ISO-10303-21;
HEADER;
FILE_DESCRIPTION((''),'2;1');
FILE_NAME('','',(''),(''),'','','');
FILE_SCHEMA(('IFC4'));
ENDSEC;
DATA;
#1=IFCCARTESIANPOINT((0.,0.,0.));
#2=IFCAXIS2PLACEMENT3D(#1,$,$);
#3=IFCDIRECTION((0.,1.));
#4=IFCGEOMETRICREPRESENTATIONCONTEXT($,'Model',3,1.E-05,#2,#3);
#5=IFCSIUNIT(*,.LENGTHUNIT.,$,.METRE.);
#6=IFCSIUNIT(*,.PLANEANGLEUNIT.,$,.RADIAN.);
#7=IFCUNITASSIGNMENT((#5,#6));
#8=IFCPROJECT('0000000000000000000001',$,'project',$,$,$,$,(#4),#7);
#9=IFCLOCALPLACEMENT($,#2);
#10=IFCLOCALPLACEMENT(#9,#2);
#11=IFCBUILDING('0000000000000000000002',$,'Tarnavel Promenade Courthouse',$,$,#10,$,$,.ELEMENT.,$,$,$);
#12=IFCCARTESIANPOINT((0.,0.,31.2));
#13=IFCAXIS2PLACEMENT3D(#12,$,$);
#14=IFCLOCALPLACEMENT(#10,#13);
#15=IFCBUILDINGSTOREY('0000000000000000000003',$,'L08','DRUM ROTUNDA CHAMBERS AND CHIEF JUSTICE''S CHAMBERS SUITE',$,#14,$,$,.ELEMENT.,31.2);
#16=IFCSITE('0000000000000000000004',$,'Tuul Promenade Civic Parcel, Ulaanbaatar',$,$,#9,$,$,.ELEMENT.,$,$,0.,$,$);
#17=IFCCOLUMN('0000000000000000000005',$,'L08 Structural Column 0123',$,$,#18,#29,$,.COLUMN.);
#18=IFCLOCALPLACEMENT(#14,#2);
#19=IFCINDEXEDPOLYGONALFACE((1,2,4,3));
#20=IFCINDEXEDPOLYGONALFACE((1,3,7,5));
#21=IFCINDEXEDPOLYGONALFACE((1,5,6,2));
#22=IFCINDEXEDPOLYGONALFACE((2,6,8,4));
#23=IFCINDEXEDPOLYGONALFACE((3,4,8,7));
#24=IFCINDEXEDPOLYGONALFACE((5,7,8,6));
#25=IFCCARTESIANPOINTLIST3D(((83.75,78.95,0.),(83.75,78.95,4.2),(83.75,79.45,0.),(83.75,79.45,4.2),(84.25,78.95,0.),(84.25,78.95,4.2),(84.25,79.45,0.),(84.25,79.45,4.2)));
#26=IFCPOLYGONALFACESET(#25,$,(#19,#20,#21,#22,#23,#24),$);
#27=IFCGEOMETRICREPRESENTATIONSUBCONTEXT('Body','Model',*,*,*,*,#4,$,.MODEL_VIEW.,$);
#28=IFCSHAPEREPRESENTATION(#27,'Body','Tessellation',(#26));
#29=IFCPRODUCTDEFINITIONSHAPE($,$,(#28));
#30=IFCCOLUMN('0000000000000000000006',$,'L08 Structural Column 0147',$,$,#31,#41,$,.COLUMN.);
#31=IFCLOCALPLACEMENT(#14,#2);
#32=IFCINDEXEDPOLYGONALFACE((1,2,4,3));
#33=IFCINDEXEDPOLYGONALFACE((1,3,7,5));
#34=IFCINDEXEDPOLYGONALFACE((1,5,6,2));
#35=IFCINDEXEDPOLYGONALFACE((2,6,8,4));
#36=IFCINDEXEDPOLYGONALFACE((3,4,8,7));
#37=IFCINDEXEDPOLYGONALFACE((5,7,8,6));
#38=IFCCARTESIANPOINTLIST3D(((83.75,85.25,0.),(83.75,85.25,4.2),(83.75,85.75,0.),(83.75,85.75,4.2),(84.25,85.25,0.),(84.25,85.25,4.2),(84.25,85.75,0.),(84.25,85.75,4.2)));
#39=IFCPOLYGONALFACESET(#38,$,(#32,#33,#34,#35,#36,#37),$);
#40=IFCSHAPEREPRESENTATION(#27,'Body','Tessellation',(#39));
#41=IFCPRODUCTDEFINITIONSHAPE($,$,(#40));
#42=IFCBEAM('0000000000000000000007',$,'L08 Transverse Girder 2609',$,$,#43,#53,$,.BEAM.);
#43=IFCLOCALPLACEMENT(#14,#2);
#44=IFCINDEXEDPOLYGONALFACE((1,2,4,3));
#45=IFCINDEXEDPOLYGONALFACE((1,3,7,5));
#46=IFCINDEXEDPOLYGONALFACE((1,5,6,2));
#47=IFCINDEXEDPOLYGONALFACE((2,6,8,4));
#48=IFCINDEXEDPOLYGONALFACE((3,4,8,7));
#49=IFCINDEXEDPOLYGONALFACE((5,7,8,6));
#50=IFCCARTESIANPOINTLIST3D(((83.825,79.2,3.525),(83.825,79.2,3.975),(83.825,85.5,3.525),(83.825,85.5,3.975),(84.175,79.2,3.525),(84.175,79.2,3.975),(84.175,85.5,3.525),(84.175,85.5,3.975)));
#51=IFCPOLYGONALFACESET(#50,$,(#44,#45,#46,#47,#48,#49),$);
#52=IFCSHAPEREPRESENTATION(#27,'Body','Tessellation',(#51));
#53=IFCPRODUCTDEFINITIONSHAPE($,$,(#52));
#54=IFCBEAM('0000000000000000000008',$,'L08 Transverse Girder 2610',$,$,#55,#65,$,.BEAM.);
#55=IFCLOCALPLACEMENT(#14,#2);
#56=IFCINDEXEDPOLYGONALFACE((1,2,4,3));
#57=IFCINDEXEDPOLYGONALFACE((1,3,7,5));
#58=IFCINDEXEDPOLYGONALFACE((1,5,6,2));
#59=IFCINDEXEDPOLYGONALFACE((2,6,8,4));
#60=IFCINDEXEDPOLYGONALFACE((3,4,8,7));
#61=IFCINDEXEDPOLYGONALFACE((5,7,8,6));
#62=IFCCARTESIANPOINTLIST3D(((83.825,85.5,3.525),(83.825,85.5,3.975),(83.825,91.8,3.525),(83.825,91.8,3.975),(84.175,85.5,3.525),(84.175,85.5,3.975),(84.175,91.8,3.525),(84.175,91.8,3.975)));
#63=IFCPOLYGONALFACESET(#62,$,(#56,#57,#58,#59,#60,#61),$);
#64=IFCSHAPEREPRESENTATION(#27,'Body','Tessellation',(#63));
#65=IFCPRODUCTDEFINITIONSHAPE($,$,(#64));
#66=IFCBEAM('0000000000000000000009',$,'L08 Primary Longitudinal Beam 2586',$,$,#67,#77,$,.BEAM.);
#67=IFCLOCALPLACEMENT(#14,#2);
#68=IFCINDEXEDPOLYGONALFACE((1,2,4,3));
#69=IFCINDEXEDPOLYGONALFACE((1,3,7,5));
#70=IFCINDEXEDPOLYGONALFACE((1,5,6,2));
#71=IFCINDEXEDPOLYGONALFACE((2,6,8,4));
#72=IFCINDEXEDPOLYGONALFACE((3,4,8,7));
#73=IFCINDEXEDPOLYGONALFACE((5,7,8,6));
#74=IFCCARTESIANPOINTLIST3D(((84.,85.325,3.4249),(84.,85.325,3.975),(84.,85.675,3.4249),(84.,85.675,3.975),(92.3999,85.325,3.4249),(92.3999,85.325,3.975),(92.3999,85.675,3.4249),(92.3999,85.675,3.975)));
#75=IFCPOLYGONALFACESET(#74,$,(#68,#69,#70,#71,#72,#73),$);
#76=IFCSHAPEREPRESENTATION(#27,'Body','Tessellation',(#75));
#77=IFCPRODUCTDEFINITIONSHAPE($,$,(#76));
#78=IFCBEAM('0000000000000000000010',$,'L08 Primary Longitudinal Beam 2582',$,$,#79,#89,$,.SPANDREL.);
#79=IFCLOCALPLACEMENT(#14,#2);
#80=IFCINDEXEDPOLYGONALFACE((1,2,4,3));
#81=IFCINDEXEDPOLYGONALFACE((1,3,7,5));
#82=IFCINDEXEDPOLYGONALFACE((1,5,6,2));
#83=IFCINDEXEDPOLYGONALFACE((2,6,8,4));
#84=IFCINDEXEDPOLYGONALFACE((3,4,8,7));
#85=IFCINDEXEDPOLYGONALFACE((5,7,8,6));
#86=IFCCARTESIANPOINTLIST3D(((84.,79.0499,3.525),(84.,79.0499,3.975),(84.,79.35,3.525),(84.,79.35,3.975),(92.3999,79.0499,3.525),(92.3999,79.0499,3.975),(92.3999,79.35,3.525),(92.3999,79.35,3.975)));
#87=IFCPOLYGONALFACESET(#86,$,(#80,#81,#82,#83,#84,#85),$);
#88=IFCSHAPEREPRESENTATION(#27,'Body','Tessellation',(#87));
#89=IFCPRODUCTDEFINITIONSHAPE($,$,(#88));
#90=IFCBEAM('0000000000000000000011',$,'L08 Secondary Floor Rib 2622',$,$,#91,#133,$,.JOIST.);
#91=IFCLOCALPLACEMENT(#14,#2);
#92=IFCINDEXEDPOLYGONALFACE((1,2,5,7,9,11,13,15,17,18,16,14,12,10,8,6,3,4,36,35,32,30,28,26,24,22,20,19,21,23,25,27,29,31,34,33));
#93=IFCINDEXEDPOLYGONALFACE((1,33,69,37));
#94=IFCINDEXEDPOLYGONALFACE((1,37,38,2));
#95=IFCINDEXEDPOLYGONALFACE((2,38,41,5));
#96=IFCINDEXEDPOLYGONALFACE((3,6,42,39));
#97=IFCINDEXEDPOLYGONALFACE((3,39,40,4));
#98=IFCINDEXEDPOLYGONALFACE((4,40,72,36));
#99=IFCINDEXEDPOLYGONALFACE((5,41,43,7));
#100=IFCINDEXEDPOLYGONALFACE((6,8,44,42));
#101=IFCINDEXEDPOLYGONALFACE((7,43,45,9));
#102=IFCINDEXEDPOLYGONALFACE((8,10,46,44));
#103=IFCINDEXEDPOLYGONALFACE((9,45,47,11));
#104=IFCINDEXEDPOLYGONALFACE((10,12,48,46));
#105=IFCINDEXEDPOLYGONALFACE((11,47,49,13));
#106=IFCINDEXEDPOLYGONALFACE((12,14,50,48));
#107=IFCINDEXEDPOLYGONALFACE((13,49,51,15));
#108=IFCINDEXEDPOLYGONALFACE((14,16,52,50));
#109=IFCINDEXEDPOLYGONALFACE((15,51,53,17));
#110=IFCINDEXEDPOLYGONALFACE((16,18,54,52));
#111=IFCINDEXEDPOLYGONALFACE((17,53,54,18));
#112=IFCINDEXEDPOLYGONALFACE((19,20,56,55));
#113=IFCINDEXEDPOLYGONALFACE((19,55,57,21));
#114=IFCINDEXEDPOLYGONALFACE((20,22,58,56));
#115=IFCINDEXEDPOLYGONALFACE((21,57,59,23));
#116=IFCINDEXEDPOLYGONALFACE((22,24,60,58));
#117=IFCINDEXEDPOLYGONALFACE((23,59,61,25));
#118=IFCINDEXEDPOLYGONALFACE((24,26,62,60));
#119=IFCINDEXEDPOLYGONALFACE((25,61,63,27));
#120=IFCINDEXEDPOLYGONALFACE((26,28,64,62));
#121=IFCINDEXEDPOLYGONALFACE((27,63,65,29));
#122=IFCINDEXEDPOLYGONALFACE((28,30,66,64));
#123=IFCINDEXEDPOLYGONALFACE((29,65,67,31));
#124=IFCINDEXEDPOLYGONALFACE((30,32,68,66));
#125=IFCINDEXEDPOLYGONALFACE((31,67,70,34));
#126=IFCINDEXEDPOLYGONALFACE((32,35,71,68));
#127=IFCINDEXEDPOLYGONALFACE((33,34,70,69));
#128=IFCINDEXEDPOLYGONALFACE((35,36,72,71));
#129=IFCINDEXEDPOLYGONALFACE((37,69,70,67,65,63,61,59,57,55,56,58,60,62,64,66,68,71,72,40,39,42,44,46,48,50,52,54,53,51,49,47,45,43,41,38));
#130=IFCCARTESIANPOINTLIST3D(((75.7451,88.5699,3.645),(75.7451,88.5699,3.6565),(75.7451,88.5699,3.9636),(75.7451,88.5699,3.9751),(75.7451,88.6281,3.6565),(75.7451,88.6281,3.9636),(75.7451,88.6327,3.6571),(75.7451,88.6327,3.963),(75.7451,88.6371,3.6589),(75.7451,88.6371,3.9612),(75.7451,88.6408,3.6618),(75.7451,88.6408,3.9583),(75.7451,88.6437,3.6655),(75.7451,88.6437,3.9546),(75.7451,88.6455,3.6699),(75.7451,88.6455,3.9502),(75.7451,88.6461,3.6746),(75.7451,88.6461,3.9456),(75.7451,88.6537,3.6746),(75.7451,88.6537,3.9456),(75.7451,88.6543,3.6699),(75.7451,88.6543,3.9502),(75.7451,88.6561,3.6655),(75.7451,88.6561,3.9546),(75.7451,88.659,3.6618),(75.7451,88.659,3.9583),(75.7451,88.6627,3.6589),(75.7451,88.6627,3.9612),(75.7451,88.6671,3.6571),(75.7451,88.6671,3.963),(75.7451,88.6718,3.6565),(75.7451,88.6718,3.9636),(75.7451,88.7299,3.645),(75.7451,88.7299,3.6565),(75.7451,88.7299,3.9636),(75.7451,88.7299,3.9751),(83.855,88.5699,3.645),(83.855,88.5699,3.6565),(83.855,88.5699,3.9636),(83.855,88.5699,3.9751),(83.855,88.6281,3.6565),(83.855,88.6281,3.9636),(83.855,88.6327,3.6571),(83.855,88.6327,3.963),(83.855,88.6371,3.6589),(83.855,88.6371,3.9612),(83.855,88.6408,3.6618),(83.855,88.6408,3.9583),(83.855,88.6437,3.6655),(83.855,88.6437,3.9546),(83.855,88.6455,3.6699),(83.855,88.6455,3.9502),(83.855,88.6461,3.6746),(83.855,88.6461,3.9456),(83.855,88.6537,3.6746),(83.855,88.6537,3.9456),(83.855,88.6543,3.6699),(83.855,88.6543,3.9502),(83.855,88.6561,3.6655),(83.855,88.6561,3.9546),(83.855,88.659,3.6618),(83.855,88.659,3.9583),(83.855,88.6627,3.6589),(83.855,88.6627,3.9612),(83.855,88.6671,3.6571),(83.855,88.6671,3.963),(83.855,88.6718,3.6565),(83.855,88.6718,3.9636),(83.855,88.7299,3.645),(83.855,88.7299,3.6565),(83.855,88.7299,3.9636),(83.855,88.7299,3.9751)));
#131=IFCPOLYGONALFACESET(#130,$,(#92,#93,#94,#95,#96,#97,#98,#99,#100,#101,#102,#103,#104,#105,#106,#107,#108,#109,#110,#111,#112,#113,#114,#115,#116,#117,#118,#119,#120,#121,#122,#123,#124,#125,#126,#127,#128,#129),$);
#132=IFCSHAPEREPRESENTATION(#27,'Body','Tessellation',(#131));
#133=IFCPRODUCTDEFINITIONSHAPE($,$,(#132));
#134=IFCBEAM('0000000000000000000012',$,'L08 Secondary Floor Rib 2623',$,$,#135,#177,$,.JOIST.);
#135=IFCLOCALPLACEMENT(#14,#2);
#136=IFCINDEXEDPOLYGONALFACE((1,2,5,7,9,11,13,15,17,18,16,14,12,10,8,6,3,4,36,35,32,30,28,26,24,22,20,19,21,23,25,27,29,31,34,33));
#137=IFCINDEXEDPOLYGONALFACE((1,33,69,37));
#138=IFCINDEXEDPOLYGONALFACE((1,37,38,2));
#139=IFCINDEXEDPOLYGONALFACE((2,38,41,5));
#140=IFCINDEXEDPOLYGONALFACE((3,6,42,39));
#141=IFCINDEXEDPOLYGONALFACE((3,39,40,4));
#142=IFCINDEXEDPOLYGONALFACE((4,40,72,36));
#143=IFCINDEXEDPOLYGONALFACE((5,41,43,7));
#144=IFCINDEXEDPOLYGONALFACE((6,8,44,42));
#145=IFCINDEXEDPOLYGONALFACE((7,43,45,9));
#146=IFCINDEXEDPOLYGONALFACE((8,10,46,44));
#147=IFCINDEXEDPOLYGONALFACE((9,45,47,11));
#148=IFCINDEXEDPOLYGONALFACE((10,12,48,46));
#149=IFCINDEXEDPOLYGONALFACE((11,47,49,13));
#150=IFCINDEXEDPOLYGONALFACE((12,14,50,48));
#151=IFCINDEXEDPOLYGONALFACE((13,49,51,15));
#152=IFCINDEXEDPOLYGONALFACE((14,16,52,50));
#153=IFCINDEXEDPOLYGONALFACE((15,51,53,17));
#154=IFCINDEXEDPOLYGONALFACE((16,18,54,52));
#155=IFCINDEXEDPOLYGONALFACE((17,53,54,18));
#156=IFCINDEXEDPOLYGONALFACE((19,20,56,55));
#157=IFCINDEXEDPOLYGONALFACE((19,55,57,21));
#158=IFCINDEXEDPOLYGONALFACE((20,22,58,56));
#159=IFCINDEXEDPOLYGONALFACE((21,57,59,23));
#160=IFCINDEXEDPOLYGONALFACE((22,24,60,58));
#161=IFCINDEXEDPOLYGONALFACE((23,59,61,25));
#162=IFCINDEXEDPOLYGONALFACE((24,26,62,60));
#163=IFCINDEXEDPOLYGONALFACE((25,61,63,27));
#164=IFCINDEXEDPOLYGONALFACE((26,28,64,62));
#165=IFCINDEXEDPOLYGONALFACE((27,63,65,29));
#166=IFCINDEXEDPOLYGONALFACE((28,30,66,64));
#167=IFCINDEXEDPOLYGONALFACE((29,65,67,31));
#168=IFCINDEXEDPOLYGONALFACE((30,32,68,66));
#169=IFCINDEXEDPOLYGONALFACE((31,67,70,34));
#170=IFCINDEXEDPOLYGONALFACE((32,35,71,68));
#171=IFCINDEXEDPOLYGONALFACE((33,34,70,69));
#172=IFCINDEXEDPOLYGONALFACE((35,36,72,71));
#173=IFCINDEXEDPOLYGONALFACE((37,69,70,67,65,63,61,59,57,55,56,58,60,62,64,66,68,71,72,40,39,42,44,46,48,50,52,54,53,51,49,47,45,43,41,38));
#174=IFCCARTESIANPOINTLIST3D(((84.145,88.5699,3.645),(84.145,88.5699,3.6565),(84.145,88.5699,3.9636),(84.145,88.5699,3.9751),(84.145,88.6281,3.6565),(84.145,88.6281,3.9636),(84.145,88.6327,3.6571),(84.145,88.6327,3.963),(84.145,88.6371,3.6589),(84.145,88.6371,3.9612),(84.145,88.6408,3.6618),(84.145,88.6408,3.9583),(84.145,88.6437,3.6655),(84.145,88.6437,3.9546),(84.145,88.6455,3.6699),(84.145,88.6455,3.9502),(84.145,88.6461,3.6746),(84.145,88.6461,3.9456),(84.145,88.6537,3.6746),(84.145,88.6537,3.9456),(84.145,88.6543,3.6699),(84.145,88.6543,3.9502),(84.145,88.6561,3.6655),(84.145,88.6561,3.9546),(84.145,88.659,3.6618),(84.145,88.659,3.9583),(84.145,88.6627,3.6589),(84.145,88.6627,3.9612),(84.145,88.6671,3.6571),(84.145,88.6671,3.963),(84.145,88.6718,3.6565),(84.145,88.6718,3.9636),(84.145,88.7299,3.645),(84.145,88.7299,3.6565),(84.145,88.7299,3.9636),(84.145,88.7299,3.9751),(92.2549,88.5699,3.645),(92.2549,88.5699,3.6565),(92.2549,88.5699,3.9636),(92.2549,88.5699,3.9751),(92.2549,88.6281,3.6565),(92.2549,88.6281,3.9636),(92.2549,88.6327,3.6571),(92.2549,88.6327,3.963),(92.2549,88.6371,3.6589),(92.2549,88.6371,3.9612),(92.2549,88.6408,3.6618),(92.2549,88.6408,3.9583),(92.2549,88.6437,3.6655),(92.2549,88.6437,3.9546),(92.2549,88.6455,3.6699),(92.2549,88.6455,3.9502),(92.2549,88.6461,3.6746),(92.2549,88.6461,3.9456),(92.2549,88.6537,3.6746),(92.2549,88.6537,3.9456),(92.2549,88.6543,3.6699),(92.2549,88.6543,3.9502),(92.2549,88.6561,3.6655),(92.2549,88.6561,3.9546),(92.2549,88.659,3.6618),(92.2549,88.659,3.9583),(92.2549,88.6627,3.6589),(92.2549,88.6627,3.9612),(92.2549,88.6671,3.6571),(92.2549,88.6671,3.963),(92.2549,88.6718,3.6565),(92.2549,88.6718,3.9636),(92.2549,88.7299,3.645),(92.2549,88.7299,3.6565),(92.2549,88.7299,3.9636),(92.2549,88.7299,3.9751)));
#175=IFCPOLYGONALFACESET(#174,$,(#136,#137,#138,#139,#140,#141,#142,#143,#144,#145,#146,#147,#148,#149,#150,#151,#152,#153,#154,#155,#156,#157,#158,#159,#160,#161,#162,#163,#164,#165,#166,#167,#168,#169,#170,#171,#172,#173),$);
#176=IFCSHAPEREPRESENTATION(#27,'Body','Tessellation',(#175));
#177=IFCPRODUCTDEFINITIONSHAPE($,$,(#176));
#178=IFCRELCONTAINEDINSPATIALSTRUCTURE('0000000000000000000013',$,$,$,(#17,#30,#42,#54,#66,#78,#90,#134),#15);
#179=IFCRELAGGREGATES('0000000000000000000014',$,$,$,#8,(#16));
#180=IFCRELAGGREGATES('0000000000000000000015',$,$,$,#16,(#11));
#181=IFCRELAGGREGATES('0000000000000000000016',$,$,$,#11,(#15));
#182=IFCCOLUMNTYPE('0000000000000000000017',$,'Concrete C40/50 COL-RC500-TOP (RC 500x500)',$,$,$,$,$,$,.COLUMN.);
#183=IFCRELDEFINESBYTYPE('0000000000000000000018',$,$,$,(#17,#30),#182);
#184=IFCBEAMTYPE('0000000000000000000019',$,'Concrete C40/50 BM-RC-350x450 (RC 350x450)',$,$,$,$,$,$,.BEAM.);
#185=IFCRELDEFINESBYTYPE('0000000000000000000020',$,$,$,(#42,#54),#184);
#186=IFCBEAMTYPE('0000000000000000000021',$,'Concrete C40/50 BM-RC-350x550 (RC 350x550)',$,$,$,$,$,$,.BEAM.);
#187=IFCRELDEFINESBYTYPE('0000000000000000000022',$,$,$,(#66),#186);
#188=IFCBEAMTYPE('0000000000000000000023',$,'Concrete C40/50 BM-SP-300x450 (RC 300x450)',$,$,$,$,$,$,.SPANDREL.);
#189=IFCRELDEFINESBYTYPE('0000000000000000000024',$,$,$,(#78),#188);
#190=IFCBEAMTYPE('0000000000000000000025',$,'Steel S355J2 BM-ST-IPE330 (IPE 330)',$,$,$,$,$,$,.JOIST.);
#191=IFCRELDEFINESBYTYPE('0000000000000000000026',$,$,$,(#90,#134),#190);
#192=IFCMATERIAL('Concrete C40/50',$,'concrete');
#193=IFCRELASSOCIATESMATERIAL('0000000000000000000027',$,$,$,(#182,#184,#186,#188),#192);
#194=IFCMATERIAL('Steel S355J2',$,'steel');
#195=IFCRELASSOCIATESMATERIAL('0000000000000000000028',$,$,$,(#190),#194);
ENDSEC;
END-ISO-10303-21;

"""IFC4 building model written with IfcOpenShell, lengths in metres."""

from ifc_helpers import new_model, si_unit, direction, frame, origin, origin_2d, place, context, subcontext, project, spatial, rectangle, i_section, extrude, material, material_profile, profile_set, type_object, element, save


model = new_model("IFC4")

# Units and contexts
model_context = context("Model", 3, precision=1e-05, world=origin(), true_north=direction((0.0, 1.0)))
body_context = subcontext(model_context, "Body", "Model", "MODEL_VIEW")
ifc_project = project(units=[si_unit("LENGTHUNIT", "METRE"), si_unit("PLANEANGLEUNIT", "RADIAN")], contexts=[model_context])

# Site, building, storey
site_placement = place(None, origin())
site = spatial("IfcSite", under=ifc_project, at=site_placement, Name="Tuul Promenade Civic Parcel, Ulaanbaatar", CompositionType="ELEMENT", RefElevation=0.0)
building_placement = place(site_placement, origin())
building = spatial("IfcBuilding", under=site, at=building_placement, Name="Tarnavel Promenade Courthouse", CompositionType="ELEMENT")
storey_placement = place(building_placement, frame((0.0, 0.0, 31.2)))
storey = spatial("IfcBuildingStorey", under=building, at=storey_placement, Name="L08", Description="DRUM ROTUNDA CHAMBERS AND CHIEF JUSTICE'S CHAMBERS SUITE", CompositionType="ELEMENT", Elevation=31.2)

# Columns
ifc_material_1 = material(Name="Concrete C40/50", Category="concrete")
ifc_material_profile_1 = material_profile(ifc_material_1, rectangle(XDim=0.5, YDim=0.5, at=origin_2d()), Name="RC 500x500")
ifc_profile_set_1 = profile_set([ifc_material_profile_1], Name="Concrete C40/50")
column_type = type_object("IfcColumnType", Name="Concrete C40/50 COL-RC500-TOP (RC 500x500)", PredefinedType="COLUMN", material=ifc_profile_set_1)
for number, where, z_axis, x_axis, name in (
    (1, (84.0, 79.2, 0.0), (0.0, 0.0, 1.0), (1.0, 0.0, 0.0), "L08 Structural Column 0123"),
    (2, (84.0, 85.5, 0.0), (0.0, 0.0, 1.0), (1.0, 0.0, 0.0), "L08 Structural Column 0147"),
):
    element("IfcColumn", number, at=place(storey_placement, frame(where, z_axis=z_axis, x_axis=x_axis)), inside=storey, type_object=column_type, Name=name, PredefinedType="COLUMN", context=body_context, shape_type="SweptSolid", body=[
        extrude(rectangle(XDim=0.5, YDim=0.5, at=origin_2d()), origin(), (0.0, 0.0, 1.0), 4.2),
    ])

# Beams
ifc_material_profile_2 = material_profile(ifc_material_1, rectangle(XDim=0.3501, YDim=0.45, at=origin_2d()), Name="RC 350x450")
ifc_profile_set_2 = profile_set([ifc_material_profile_2], Name="Concrete C40/50")
beam_type_1 = type_object("IfcBeamType", Name="Concrete C40/50 BM-RC-350x450 (RC 350x450)", PredefinedType="BEAM", material=ifc_profile_set_2)
for number, where, z_axis, x_axis, name in (
    (3, (84.0, 79.2, 3.75), (0.0, 1.0, 0.0), (-1.0, 0.0, 0.0), "L08 Transverse Girder 2609"),
    (4, (84.0, 85.5, 3.75), (0.0, 1.0, 0.0), (-1.0, 0.0, 0.0), "L08 Transverse Girder 2610"),
):
    element("IfcBeam", number, at=place(storey_placement, frame(where, z_axis=z_axis, x_axis=x_axis)), inside=storey, type_object=beam_type_1, Name=name, PredefinedType="BEAM", context=body_context, shape_type="SweptSolid", body=[
        extrude(rectangle(XDim=0.3501, YDim=0.45, at=origin_2d()), origin(), (0.0, 0.0, 1.0), 6.3),
    ])
ifc_material_profile_3 = material_profile(ifc_material_1, rectangle(XDim=0.3501, YDim=0.55, at=origin_2d()), Name="RC 350x550")
ifc_profile_set_3 = profile_set([ifc_material_profile_3], Name="Concrete C40/50")
beam_type_2 = type_object("IfcBeamType", Name="Concrete C40/50 BM-RC-350x550 (RC 350x550)", PredefinedType="BEAM", material=ifc_profile_set_3)
beam_1_placement = place(storey_placement, frame((84.0, 85.5, 3.7), z_axis=(1.0, 0.0, 0.0), x_axis=(0.0, 1.0, 0.0)))
element("IfcBeam", 5, at=beam_1_placement, inside=storey, type_object=beam_type_2, Name="L08 Primary Longitudinal Beam 2586", PredefinedType="BEAM", context=body_context, shape_type="SweptSolid", body=[
    extrude(rectangle(XDim=0.3501, YDim=0.55, at=origin_2d()), origin(), (0.0, 0.0, 1.0), 8.3999),
])
ifc_material_profile_4 = material_profile(ifc_material_1, rectangle(XDim=0.3, YDim=0.45, at=origin_2d()), Name="RC 300x450")
ifc_profile_set_4 = profile_set([ifc_material_profile_4], Name="Concrete C40/50")
beam_type_3 = type_object("IfcBeamType", Name="Concrete C40/50 BM-SP-300x450 (RC 300x450)", PredefinedType="SPANDREL", material=ifc_profile_set_4)
beam_2_placement = place(storey_placement, frame((84.0, 79.2, 3.75), z_axis=(1.0, 0.0, 0.0), x_axis=(0.0, 1.0, 0.0)))
element("IfcBeam", 6, at=beam_2_placement, inside=storey, type_object=beam_type_3, Name="L08 Primary Longitudinal Beam 2582", PredefinedType="SPANDREL", context=body_context, shape_type="SweptSolid", body=[
    extrude(rectangle(XDim=0.3, YDim=0.45, at=origin_2d()), origin(), (0.0, 0.0, 1.0), 8.3999),
])
ifc_material_2 = material(Name="Steel S355J2", Category="steel")
ifc_material_profile_5 = material_profile(ifc_material_2, i_section(OverallWidth=0.1599, OverallDepth=0.3301, WebThickness=0.0076, FlangeThickness=0.0115, FilletRadius=0.0181, at=origin_2d()), Name="IPE 330")
ifc_profile_set_5 = profile_set([ifc_material_profile_5], Name="Steel S355J2")
beam_type_4 = type_object("IfcBeamType", Name="Steel S355J2 BM-ST-IPE330 (IPE 330)", PredefinedType="JOIST", material=ifc_profile_set_5)
for number, where, z_axis, x_axis, name in (
    (7, (75.7451, 88.6499, 3.8101), (1.0, 0.0, 0.0), (0.0, 1.0, 0.0), "L08 Secondary Floor Rib 2622"),
    (8, (84.145, 88.6499, 3.8101), (1.0, 0.0, 0.0), (0.0, 1.0, 0.0), "L08 Secondary Floor Rib 2623"),
):
    element("IfcBeam", number, at=place(storey_placement, frame(where, z_axis=z_axis, x_axis=x_axis)), inside=storey, type_object=beam_type_4, Name=name, PredefinedType="JOIST", context=body_context, shape_type="SweptSolid", body=[
        extrude(i_section(OverallWidth=0.1599, OverallDepth=0.3301, WebThickness=0.0076, FlangeThickness=0.0115, FilletRadius=0.0181, at=origin_2d()), origin(), (0.0, 0.0, 1.0), 8.1099),
    ])

save(model, "model.ifc")
